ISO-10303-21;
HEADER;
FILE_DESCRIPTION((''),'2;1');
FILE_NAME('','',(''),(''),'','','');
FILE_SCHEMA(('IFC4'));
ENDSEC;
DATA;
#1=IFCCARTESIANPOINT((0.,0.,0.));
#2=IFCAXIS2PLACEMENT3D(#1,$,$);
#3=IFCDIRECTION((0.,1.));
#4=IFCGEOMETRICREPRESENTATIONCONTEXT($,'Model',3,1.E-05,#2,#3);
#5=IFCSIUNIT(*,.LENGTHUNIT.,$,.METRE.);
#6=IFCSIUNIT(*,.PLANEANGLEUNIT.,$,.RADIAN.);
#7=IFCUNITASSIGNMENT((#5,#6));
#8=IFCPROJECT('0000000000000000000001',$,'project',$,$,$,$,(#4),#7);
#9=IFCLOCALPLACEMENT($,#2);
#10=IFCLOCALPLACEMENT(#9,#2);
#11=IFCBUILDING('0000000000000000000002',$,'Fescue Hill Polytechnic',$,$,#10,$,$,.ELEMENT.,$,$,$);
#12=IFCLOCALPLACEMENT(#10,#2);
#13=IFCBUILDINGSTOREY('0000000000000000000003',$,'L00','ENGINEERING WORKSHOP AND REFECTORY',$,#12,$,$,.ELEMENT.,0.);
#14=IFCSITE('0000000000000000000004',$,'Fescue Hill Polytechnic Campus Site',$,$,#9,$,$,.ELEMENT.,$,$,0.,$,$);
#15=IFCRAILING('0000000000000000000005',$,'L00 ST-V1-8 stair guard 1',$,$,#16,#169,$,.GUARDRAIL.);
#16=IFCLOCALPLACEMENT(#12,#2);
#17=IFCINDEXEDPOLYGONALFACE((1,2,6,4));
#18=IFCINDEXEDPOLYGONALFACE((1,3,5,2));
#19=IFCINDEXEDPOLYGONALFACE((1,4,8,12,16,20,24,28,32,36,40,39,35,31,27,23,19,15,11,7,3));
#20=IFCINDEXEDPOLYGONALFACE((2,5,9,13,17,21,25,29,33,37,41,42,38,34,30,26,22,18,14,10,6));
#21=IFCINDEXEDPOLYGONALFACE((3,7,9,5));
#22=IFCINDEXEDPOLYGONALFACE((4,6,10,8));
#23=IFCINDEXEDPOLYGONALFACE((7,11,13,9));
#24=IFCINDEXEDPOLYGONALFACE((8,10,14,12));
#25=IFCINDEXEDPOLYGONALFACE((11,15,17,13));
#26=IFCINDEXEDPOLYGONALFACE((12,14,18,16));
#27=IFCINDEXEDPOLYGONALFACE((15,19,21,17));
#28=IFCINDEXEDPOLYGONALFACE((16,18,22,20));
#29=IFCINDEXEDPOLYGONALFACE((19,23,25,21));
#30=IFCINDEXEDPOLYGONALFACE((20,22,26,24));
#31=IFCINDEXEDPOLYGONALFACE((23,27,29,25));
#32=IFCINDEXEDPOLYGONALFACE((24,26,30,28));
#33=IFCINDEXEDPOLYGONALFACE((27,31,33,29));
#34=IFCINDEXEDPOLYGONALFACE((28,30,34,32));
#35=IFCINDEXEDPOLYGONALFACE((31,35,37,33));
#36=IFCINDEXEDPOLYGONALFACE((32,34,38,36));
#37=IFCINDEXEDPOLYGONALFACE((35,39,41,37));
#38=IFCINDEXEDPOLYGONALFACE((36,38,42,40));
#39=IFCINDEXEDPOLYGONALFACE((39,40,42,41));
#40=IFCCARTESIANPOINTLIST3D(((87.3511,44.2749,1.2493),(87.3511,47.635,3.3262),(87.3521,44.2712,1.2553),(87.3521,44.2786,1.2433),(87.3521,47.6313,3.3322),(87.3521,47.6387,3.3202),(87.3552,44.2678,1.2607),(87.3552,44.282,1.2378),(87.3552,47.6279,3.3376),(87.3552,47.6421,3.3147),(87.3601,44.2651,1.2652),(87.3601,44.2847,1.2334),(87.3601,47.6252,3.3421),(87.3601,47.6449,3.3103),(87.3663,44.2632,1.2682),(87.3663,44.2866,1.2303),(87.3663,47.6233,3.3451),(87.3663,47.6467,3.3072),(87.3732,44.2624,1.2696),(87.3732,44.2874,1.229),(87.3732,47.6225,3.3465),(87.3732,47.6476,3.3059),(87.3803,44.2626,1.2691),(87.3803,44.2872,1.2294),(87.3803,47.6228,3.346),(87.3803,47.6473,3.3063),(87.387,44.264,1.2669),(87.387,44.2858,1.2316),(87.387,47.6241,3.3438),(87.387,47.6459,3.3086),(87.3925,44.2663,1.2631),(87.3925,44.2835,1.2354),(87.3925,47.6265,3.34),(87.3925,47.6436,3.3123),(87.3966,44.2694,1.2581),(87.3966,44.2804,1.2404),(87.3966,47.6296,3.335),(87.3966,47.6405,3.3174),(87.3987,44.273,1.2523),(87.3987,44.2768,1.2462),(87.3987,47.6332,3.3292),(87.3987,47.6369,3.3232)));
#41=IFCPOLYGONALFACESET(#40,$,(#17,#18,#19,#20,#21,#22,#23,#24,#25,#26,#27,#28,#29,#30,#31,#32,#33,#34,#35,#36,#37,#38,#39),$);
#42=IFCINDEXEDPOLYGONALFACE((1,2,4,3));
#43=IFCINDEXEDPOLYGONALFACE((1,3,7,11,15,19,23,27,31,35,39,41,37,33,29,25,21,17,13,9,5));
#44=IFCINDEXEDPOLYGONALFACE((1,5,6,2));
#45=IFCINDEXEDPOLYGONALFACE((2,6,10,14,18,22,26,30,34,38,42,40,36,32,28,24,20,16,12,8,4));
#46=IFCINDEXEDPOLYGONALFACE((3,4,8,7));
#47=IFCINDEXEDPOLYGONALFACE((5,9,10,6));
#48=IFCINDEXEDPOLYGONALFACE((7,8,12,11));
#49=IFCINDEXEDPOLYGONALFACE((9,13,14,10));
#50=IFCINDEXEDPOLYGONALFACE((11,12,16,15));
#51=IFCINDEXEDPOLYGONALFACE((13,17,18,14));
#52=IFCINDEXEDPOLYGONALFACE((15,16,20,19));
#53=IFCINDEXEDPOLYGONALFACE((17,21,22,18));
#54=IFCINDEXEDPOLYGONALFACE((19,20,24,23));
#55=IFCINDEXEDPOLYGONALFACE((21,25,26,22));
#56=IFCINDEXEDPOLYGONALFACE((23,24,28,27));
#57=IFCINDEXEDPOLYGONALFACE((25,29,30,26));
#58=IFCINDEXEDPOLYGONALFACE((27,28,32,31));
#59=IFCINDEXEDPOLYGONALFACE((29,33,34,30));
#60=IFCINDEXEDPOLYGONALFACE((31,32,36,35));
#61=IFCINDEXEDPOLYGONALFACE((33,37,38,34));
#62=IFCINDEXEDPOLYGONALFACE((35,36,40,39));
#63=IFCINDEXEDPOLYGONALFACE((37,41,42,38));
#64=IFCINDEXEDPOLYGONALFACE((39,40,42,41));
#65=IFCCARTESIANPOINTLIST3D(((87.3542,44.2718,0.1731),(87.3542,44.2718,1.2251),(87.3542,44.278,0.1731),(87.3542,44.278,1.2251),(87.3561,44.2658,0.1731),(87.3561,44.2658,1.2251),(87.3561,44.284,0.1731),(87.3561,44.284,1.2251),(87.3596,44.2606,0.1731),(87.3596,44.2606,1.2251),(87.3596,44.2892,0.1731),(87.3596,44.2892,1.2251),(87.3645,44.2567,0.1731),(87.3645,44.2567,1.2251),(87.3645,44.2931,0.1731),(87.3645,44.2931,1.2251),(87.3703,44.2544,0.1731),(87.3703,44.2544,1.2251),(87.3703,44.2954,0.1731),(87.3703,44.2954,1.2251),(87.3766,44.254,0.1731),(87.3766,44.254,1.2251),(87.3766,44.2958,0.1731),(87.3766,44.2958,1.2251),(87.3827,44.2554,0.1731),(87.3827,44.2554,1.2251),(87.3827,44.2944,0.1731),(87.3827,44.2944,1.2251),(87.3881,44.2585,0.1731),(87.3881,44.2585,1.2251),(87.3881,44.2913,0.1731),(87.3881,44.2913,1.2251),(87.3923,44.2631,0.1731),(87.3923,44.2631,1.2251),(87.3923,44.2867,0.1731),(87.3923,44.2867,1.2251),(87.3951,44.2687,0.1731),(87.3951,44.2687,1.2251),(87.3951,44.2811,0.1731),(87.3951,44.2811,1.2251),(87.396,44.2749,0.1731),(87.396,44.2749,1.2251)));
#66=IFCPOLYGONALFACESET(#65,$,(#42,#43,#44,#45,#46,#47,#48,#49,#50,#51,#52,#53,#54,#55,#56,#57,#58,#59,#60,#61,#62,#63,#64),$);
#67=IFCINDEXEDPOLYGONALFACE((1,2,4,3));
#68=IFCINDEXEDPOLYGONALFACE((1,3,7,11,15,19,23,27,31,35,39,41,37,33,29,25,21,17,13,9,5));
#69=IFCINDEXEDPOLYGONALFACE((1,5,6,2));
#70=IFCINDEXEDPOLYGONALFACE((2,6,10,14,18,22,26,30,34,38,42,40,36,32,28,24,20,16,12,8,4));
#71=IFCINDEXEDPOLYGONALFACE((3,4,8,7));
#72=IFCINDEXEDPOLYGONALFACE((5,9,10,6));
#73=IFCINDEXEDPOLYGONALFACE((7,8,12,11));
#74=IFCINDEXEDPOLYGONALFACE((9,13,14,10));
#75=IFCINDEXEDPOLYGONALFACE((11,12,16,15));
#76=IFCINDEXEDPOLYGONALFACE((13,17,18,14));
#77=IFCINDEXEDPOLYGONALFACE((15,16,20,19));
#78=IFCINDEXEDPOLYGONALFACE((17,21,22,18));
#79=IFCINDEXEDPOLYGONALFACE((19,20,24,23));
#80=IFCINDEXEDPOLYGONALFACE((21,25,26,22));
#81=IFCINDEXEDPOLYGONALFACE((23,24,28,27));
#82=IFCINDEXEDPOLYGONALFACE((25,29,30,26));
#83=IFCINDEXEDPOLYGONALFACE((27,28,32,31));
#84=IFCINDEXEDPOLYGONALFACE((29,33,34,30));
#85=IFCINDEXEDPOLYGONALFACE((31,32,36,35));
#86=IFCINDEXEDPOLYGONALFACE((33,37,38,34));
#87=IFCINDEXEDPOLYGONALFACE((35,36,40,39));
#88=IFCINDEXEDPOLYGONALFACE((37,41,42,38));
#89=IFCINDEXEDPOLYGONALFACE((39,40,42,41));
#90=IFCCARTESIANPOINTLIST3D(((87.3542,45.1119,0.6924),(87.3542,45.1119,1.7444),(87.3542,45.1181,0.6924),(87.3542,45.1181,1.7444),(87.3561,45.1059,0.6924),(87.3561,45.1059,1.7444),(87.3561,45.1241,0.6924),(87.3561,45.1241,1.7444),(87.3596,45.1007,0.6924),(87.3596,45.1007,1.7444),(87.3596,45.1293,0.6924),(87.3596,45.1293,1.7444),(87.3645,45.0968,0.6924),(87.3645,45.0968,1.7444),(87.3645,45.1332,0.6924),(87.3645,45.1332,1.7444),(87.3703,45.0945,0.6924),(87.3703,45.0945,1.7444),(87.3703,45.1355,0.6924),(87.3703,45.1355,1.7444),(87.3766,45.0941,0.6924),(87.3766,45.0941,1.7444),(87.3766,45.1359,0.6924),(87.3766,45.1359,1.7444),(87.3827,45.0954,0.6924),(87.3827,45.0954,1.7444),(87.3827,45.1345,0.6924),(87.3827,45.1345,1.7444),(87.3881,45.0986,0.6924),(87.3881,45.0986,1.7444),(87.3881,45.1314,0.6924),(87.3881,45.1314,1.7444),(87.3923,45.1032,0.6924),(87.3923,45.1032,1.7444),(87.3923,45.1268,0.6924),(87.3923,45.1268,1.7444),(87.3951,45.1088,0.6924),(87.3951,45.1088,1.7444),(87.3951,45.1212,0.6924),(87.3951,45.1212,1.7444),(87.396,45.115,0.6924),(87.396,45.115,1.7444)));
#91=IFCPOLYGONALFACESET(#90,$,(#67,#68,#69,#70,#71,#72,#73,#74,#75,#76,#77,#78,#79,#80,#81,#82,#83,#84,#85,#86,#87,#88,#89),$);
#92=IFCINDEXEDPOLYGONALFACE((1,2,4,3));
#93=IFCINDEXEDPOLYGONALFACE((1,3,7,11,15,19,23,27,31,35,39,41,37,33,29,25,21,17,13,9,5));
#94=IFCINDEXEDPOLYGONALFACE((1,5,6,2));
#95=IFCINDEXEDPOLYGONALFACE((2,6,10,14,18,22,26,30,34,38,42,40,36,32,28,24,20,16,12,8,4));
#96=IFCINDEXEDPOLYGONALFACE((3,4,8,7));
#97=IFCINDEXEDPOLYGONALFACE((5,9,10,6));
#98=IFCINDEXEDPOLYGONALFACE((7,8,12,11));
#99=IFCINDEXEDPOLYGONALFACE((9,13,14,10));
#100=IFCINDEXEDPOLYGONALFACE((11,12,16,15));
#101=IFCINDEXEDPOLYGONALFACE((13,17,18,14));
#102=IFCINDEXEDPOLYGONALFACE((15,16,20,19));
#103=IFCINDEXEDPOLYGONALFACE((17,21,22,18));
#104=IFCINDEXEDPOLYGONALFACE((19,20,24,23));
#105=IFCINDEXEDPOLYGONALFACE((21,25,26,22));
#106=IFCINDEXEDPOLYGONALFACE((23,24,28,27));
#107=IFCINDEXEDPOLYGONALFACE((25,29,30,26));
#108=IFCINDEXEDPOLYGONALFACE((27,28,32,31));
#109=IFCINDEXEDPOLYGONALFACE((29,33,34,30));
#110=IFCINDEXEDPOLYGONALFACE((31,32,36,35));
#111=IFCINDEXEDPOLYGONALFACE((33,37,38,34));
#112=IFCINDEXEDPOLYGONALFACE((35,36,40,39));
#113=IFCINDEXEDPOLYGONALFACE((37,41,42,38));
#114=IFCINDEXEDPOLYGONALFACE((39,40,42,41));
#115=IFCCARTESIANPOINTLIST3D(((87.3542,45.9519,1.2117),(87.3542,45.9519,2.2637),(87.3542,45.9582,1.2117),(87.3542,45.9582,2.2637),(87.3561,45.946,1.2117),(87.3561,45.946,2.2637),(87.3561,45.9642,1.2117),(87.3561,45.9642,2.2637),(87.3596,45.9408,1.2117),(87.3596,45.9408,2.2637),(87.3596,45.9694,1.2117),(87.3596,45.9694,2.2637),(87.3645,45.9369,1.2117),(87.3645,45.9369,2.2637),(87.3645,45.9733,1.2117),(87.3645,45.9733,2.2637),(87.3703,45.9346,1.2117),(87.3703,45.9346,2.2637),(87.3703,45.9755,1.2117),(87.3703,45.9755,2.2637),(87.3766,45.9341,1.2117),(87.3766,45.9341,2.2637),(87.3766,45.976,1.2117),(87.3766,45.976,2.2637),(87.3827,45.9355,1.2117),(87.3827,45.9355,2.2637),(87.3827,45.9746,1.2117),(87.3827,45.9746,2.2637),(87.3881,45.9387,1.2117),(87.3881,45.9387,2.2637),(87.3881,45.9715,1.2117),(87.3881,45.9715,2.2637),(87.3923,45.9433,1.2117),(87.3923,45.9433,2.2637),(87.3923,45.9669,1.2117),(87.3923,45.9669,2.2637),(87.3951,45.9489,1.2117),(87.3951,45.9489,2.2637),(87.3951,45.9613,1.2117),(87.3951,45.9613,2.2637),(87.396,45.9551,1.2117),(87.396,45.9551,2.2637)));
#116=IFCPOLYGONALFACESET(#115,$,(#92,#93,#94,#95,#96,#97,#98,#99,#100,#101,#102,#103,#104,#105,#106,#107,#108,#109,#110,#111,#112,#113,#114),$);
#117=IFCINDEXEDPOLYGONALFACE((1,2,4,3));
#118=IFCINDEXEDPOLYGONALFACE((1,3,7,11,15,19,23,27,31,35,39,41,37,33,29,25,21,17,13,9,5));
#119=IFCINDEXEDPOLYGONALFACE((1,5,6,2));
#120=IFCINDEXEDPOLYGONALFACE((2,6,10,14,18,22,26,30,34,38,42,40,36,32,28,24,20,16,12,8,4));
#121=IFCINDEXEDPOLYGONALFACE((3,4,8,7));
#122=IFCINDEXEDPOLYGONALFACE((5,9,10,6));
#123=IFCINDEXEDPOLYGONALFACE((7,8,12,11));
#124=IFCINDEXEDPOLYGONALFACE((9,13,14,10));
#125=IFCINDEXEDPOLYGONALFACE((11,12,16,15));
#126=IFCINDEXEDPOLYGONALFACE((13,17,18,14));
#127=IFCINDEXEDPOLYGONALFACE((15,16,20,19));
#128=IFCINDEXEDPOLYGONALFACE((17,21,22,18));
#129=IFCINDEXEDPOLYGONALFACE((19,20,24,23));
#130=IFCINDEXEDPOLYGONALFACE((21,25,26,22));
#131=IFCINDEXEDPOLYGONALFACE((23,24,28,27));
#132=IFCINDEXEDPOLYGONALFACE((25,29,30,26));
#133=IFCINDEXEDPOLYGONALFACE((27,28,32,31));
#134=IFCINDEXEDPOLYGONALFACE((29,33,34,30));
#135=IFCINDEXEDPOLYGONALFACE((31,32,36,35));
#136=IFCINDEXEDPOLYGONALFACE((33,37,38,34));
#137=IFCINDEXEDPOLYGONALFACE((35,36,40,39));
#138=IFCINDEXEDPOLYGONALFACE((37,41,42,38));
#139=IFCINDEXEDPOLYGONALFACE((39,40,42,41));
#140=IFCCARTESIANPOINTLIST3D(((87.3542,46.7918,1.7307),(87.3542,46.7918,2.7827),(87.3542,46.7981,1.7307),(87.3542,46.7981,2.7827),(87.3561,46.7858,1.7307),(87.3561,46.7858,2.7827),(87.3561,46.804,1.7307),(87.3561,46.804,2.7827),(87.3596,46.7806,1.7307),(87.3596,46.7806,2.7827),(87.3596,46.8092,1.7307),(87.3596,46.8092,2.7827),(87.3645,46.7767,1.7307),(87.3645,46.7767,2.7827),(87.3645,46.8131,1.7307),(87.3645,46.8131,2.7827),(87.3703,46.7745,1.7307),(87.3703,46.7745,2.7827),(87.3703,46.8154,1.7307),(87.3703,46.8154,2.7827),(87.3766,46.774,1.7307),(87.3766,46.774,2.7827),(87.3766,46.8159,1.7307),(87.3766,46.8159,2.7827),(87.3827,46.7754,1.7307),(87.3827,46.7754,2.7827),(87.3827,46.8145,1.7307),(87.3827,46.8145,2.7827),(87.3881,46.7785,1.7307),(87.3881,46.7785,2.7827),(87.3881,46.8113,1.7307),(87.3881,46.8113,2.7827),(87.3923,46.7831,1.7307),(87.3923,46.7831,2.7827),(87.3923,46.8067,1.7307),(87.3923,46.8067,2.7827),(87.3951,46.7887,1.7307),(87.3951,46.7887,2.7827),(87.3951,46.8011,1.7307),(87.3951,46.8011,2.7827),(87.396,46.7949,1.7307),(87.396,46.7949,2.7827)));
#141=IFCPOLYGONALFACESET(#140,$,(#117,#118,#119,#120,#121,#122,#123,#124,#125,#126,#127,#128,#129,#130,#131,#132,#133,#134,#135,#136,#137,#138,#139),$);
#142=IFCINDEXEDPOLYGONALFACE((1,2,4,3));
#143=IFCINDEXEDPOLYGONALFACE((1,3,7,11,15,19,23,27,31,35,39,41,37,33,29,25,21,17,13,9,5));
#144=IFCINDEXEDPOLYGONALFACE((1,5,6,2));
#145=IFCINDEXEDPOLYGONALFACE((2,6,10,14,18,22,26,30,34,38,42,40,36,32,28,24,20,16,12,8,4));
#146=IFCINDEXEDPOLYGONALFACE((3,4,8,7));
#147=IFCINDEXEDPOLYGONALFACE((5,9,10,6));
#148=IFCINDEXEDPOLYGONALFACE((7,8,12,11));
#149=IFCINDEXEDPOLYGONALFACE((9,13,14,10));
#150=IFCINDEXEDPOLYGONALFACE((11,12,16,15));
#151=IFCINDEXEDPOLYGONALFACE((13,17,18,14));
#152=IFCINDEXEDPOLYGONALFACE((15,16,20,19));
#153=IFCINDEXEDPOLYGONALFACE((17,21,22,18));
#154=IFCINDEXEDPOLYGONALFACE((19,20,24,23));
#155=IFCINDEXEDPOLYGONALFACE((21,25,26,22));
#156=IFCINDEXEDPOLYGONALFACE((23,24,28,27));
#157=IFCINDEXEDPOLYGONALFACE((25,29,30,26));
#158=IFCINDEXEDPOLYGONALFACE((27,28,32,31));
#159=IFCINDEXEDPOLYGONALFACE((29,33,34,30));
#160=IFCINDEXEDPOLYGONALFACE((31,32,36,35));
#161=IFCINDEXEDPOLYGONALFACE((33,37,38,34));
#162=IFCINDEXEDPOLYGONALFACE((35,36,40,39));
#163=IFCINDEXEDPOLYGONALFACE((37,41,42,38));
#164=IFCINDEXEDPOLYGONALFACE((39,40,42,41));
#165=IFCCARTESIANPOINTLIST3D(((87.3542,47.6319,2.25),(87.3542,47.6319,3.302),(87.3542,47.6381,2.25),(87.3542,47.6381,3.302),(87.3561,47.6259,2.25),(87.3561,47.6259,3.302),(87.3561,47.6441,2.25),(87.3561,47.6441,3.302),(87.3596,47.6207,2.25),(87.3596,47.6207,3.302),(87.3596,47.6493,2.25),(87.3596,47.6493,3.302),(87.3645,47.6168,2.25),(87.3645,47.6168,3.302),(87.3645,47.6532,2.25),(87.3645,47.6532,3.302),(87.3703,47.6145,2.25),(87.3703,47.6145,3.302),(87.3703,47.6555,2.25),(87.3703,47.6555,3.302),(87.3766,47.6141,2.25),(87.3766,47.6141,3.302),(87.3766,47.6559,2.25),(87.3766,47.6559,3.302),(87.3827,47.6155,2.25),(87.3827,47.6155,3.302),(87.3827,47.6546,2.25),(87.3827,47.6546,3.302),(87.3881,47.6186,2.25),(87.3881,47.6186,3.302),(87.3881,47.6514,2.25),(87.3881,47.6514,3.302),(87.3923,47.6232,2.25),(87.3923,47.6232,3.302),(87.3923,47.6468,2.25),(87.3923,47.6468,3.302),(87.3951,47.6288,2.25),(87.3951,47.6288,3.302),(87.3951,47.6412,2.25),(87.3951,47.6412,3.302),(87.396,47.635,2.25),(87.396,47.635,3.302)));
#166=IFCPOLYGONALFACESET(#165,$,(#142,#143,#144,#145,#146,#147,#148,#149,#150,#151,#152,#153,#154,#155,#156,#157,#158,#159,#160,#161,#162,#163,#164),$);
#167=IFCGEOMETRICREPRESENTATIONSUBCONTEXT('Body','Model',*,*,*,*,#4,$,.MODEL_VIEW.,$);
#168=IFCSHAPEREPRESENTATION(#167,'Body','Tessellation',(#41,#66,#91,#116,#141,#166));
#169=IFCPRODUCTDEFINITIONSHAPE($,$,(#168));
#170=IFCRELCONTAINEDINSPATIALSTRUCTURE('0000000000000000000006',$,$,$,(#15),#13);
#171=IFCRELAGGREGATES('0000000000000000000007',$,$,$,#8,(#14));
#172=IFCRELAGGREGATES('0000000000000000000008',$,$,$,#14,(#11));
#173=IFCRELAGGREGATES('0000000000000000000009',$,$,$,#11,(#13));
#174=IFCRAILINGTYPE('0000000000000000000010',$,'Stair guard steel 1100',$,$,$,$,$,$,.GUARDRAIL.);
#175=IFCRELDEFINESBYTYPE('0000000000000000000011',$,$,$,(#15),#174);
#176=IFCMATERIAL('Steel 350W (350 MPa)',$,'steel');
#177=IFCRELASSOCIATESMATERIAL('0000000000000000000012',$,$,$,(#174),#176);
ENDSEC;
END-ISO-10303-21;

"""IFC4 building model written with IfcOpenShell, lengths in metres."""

from ifc_helpers import new_model, si_unit, direction, frame, origin, origin_2d, place, context, subcontext, project, spatial, circle, extrude, material, type_object, element, save


model = new_model("IFC4")

# Units and contexts
model_context = context("Model", 3, precision=1e-05, world=origin(), true_north=direction((0.0, 1.0)))
body_context = subcontext(model_context, "Body", "Model", "MODEL_VIEW")
ifc_project = project(units=[si_unit("LENGTHUNIT", "METRE"), si_unit("PLANEANGLEUNIT", "RADIAN")], contexts=[model_context])

# Site, building, storey
site_placement = place(None, origin())
site = spatial("IfcSite", under=ifc_project, at=site_placement, Name="Fescue Hill Polytechnic Campus Site", CompositionType="ELEMENT", RefElevation=0.0)
building_placement = place(site_placement, origin())
building = spatial("IfcBuilding", under=site, at=building_placement, Name="Fescue Hill Polytechnic", CompositionType="ELEMENT")
storey_placement = place(building_placement, origin())
storey = spatial("IfcBuildingStorey", under=building, at=storey_placement, Name="L00", Description="ENGINEERING WORKSHOP AND REFECTORY", CompositionType="ELEMENT", Elevation=0.0)

# Railing
ifc_material_1 = material(Name="Steel 350W (350 MPa)", Category="steel")
railing_type_1 = type_object("IfcRailingType", Name="Stair guard steel 1100", PredefinedType="GUARDRAIL", material=ifc_material_1)
railing_1_placement = place(storey_placement, frame((87.375, 44.2749, 0.1731)))
element("IfcRailing", 1, at=railing_1_placement, inside=storey, type_object=railing_type_1, Name="L00 ST-V1-8 stair guard 1", PredefinedType="GUARDRAIL", context=body_context, shape_type="SweptSolid", body=[
    extrude(circle(Radius=0.0239, at=origin_2d()), frame((0.0, 0.0, 1.0762), z_axis=(0.0, 0.850623, 0.525776), x_axis=(-1.0, 0.0, 0.0)), (0.0, 0.0, 1.0), 3.9502),
    extrude(circle(Radius=0.021, at=origin_2d()), origin(), (0.0, 0.0, 1.0), 1.052),
    extrude(circle(Radius=0.021, at=origin_2d()), frame((0.0, 0.8401, 0.5193)), (0.0, 0.0, 1.0), 1.052),
    extrude(circle(Radius=0.021, at=origin_2d()), frame((0.0, 1.6802, 1.0386)), (0.0, 0.0, 1.0), 1.052),
    extrude(circle(Radius=0.021, at=origin_2d()), frame((0.0, 2.52, 1.5576)), (0.0, 0.0, 1.0), 1.052),
    extrude(circle(Radius=0.021, at=origin_2d()), frame((0.0, 3.3601, 2.0769)), (0.0, 0.0, 1.0), 1.052),
])

save(model, "model.ifc")
